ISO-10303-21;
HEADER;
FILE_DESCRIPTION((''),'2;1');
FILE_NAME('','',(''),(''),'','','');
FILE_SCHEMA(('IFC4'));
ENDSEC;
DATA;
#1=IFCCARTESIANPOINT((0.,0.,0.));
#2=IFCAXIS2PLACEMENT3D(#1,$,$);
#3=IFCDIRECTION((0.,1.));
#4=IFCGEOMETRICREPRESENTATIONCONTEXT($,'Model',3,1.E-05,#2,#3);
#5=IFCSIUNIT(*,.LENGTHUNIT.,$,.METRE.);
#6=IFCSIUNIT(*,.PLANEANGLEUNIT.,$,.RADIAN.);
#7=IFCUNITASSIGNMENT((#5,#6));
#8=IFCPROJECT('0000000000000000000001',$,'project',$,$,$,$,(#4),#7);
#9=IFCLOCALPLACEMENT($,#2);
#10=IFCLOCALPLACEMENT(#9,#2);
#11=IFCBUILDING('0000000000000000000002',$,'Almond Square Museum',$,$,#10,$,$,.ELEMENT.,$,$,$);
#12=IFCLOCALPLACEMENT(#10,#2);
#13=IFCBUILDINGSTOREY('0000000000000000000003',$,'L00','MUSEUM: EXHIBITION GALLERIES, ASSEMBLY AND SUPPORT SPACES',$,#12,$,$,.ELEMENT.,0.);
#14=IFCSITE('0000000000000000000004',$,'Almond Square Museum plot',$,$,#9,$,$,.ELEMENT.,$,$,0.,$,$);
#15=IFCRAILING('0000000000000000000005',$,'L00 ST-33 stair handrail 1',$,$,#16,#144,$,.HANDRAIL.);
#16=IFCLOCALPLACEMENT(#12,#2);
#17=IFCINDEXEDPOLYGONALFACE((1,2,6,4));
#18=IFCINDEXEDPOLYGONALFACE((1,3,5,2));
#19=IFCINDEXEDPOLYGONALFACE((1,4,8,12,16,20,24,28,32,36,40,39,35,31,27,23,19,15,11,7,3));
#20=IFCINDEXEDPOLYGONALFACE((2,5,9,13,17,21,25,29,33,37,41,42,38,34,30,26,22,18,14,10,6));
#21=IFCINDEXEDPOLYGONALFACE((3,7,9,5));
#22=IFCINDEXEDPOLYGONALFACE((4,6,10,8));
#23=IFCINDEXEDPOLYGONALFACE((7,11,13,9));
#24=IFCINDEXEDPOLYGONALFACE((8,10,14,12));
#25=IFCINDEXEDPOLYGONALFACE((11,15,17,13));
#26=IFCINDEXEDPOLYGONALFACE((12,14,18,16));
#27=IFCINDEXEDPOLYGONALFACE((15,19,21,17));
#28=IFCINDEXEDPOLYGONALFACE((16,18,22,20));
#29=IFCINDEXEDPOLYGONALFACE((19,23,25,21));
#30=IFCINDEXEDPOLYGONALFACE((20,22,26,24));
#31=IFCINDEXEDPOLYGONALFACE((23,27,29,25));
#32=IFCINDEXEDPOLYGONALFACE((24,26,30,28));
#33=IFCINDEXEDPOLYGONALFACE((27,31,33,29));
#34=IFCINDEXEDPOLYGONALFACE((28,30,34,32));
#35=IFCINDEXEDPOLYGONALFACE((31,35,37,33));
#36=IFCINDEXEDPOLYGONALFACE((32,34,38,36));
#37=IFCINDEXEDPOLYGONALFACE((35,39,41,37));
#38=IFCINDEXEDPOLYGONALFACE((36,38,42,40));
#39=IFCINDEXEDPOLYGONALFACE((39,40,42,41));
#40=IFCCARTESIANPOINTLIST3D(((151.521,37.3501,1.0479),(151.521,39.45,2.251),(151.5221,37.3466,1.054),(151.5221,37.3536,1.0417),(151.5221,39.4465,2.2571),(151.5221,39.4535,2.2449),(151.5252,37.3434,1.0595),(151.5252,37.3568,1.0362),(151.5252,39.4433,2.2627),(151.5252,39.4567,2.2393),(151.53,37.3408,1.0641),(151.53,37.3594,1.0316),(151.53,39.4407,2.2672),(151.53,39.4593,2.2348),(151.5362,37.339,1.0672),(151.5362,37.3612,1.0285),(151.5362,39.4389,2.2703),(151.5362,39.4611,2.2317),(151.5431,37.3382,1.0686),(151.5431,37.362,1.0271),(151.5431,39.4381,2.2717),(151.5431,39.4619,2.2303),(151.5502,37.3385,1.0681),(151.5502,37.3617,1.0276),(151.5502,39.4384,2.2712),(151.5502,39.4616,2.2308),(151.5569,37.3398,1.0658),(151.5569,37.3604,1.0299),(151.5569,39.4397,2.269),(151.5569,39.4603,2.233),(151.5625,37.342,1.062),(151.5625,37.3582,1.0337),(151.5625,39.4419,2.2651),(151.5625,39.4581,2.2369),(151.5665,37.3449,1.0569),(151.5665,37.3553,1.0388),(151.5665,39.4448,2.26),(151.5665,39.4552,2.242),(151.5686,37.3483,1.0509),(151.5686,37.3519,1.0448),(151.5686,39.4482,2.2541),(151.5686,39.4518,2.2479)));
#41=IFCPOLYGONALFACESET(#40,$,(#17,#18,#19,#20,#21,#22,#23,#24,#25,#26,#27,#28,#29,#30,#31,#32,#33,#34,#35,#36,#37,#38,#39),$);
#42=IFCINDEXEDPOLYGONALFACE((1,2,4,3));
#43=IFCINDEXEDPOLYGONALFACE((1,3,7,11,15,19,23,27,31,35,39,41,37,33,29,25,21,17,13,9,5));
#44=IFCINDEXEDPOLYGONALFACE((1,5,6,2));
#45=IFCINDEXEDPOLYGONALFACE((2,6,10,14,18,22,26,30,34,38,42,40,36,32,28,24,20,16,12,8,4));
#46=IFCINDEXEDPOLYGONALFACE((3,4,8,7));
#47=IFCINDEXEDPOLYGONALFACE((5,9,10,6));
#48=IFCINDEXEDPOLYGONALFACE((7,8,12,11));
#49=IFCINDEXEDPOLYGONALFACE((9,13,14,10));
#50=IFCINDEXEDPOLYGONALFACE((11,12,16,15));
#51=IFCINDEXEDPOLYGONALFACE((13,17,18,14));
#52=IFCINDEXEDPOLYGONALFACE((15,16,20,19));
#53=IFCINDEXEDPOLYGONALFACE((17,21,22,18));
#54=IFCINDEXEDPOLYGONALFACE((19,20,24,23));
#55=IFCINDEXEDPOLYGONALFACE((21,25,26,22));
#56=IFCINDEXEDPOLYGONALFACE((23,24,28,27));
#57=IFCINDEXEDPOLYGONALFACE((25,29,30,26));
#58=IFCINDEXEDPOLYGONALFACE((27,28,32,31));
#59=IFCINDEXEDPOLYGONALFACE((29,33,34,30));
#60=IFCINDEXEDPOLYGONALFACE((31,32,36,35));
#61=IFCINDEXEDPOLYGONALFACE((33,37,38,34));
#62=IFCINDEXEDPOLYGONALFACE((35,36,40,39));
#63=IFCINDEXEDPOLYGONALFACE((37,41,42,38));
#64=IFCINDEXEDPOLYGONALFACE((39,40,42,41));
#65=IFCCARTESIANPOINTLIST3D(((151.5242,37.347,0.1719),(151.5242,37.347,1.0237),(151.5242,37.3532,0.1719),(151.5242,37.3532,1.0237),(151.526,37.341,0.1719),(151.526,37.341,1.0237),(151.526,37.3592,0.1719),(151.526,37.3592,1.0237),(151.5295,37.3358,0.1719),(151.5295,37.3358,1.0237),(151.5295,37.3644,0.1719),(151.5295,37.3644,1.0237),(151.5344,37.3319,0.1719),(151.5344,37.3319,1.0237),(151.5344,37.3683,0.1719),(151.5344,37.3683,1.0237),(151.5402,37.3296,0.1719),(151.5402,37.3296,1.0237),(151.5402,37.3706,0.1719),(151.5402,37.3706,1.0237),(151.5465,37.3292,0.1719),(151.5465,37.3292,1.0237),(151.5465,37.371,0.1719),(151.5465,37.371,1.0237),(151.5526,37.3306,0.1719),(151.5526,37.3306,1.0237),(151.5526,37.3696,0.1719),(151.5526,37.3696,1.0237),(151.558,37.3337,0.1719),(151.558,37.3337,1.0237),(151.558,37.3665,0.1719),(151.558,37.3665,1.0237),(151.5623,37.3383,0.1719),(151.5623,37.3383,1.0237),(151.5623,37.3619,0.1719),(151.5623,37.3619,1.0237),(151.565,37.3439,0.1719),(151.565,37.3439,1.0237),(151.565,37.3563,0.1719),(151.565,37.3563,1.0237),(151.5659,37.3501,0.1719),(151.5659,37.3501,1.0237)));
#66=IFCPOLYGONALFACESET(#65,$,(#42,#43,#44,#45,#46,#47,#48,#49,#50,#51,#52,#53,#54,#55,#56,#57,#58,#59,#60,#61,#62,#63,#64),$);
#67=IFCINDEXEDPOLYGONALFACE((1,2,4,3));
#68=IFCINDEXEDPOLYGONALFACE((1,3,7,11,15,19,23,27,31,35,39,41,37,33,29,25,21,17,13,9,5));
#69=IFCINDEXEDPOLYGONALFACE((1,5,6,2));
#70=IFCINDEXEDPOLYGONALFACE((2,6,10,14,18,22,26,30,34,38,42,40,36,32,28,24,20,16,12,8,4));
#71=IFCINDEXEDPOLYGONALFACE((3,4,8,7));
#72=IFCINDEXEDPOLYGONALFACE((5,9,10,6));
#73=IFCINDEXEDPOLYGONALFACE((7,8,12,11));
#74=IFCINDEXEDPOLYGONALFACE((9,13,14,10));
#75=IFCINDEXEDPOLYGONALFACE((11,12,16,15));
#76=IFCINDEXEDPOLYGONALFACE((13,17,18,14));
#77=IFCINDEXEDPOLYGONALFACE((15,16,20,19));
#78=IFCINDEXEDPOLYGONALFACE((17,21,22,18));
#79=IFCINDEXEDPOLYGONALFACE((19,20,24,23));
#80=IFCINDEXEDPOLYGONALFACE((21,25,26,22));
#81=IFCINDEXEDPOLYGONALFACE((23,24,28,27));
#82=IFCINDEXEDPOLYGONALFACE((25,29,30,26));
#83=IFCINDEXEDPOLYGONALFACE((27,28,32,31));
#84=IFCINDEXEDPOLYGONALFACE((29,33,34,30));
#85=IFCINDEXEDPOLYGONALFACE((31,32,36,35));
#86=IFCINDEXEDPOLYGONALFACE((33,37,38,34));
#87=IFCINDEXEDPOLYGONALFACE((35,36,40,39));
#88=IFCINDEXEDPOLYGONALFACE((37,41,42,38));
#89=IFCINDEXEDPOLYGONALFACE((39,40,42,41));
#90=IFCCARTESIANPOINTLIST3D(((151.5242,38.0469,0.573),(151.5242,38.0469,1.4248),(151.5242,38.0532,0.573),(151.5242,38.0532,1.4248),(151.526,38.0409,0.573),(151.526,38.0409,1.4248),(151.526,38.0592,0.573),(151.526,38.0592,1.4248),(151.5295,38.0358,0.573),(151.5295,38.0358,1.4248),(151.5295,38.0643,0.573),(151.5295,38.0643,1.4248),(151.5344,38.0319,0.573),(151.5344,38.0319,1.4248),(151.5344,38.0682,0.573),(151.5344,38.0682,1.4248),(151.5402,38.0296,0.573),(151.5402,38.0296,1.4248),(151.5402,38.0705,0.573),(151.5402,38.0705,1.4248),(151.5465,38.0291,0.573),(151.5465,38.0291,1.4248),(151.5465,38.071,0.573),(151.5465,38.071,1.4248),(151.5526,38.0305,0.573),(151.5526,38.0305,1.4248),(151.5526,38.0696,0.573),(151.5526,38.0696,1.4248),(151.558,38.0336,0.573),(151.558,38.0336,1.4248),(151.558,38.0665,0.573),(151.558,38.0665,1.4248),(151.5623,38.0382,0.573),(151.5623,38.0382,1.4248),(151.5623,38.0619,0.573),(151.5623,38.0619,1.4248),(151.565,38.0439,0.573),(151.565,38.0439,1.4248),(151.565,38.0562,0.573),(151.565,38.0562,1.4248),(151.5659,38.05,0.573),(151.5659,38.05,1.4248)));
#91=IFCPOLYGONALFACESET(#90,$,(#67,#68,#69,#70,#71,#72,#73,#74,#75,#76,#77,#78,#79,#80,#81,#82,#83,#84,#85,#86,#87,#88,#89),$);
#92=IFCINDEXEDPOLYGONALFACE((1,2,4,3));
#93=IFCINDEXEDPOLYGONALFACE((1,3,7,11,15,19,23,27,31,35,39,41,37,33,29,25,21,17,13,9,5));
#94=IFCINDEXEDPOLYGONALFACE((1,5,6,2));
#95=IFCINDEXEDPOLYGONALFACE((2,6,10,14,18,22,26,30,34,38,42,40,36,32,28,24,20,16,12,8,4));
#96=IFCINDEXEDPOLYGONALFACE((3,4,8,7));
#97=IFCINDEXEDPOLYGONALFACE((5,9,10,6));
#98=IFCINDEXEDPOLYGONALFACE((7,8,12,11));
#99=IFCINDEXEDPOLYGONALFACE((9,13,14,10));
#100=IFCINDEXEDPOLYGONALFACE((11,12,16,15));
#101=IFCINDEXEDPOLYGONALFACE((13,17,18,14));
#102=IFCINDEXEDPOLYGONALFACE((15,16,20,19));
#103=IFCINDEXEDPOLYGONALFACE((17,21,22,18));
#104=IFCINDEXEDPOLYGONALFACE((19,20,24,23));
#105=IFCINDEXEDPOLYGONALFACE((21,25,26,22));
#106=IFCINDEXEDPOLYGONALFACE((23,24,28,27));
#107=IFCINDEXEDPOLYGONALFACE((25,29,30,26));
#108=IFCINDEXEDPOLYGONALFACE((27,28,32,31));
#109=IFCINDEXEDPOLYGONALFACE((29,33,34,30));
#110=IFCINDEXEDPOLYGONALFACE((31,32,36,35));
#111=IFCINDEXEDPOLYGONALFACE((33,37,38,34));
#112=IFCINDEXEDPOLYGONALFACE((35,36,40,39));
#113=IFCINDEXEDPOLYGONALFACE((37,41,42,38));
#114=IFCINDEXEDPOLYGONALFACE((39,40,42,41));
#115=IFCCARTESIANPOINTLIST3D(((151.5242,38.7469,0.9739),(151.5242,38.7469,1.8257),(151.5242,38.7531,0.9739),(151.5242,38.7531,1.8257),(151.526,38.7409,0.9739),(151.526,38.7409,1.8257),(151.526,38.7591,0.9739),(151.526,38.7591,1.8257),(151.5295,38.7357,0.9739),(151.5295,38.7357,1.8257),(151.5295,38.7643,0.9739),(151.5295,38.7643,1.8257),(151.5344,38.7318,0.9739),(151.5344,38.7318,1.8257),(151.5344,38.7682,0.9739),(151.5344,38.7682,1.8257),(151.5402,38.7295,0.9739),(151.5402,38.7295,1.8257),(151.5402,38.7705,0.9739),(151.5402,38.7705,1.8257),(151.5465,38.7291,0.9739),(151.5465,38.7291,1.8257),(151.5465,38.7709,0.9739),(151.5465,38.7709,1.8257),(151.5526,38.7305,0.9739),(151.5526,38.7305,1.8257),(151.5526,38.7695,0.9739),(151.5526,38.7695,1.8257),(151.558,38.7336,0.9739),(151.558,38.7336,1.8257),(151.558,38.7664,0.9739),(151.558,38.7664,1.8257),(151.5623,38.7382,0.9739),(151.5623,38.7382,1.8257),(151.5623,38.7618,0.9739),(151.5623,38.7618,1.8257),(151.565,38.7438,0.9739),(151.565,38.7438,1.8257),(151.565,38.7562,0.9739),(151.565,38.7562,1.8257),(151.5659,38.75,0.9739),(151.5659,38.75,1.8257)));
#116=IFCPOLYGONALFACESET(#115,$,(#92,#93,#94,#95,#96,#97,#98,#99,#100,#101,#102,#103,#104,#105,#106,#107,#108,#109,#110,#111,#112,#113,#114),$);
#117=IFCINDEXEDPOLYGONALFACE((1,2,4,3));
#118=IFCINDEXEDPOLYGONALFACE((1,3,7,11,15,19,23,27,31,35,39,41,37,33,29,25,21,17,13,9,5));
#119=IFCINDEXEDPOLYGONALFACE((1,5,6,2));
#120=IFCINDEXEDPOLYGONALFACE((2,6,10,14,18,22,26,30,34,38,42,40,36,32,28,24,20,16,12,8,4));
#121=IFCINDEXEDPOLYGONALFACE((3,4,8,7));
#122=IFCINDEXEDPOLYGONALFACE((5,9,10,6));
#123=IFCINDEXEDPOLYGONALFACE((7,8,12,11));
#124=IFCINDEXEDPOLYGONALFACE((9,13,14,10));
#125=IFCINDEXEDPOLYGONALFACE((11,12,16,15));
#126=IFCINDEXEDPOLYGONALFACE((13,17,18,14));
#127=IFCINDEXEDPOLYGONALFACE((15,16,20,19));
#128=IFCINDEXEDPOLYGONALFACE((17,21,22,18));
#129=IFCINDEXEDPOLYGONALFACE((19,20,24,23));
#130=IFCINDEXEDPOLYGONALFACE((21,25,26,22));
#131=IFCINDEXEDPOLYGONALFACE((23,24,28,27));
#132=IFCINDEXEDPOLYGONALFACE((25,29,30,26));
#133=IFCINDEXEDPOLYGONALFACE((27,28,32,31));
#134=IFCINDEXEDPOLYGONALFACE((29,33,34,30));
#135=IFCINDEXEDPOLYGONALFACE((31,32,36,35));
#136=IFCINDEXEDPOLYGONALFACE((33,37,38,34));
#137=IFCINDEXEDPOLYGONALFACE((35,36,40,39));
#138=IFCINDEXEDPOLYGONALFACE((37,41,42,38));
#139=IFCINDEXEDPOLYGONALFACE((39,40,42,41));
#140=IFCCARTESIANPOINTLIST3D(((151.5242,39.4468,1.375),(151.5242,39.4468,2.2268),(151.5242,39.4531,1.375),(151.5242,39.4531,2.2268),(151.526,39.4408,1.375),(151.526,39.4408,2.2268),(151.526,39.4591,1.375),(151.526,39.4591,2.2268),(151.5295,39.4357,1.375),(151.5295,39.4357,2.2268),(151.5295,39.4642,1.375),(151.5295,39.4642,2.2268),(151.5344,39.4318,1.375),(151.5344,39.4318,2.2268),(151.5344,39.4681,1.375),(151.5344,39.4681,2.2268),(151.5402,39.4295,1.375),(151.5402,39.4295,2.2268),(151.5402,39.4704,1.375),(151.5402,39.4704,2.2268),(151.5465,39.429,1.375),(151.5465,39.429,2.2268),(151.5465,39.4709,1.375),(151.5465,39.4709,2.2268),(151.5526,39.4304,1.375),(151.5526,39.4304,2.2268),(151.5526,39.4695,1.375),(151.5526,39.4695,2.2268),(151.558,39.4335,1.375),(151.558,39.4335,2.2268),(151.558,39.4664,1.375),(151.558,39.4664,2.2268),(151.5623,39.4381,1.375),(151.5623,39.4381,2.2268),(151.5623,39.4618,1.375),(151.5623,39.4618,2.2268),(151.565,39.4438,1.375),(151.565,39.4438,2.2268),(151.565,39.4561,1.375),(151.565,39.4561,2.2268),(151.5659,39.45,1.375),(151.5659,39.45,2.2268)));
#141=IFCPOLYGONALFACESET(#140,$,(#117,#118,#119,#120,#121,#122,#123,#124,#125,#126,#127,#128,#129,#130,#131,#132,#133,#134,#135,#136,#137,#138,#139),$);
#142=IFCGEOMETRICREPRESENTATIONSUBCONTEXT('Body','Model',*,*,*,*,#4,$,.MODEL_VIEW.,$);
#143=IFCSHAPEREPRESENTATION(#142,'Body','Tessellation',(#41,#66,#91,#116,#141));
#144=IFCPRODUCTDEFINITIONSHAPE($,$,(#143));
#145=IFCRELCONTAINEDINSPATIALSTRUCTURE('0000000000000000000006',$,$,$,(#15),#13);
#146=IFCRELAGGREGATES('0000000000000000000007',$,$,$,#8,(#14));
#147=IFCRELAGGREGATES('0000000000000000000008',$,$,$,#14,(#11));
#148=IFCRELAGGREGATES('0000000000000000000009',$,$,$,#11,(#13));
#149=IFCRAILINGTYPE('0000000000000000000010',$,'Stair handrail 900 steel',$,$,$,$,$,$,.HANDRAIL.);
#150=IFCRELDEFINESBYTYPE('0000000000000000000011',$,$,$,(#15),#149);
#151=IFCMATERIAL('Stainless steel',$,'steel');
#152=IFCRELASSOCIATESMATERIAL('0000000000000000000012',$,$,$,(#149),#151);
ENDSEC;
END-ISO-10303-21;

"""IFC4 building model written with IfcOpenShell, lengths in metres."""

from ifc_helpers import new_model, si_unit, direction, frame, origin, origin_2d, place, context, subcontext, project, spatial, circle, extrude, material, type_object, element, save


model = new_model("IFC4")

# Units and contexts
model_context = context("Model", 3, precision=1e-05, world=origin(), true_north=direction((0.0, 1.0)))
body_context = subcontext(model_context, "Body", "Model", "MODEL_VIEW")
ifc_project = project(units=[si_unit("LENGTHUNIT", "METRE"), si_unit("PLANEANGLEUNIT", "RADIAN")], contexts=[model_context])

# Site, building, storey
site_placement = place(None, origin())
site = spatial("IfcSite", under=ifc_project, at=site_placement, Name="Almond Square Museum plot", CompositionType="ELEMENT", RefElevation=0.0)
building_placement = place(site_placement, origin())
building = spatial("IfcBuilding", under=site, at=building_placement, Name="Almond Square Museum", CompositionType="ELEMENT")
storey_placement = place(building_placement, origin())
storey = spatial("IfcBuildingStorey", under=building, at=storey_placement, Name="L00", Description="MUSEUM: EXHIBITION GALLERIES, ASSEMBLY AND SUPPORT SPACES", CompositionType="ELEMENT", Elevation=0.0)

# Railing
ifc_material_1 = material(Name="Stainless steel", Category="steel")
railing_type_1 = type_object("IfcRailingType", Name="Stair handrail 900 steel", PredefinedType="HANDRAIL", material=ifc_material_1)
for number, where, name in (
    (1, (151.5449, 37.3501, 0.1719), "L00 ST-33 stair handrail 1"),
):
    element("IfcRailing", number, at=place(storey_placement, frame(where)), inside=storey, type_object=railing_type_1, Name=name, PredefinedType="HANDRAIL", context=body_context, shape_type="SweptSolid", body=[
        extrude(circle(Radius=0.0239, at=origin_2d()), frame((0.0, 0.0, 0.876), z_axis=(0.0, 0.867671, 0.497138), x_axis=(-1.0, 0.0, 0.0)), (0.0, 0.0, 1.0), 2.4202),
        extrude(circle(Radius=0.021, at=origin_2d()), origin(), (0.0, 0.0, 1.0), 0.8518),
        extrude(circle(Radius=0.021, at=origin_2d()), frame((0.0, 0.7, 0.4011)), (0.0, 0.0, 1.0), 0.8518),
        extrude(circle(Radius=0.021, at=origin_2d()), frame((0.0, 1.3999, 0.802)), (0.0, 0.0, 1.0), 0.8518),
        extrude(circle(Radius=0.021, at=origin_2d()), frame((0.0, 2.0999, 1.2031)), (0.0, 0.0, 1.0), 0.8518),
    ])

save(model, "model.ifc")
